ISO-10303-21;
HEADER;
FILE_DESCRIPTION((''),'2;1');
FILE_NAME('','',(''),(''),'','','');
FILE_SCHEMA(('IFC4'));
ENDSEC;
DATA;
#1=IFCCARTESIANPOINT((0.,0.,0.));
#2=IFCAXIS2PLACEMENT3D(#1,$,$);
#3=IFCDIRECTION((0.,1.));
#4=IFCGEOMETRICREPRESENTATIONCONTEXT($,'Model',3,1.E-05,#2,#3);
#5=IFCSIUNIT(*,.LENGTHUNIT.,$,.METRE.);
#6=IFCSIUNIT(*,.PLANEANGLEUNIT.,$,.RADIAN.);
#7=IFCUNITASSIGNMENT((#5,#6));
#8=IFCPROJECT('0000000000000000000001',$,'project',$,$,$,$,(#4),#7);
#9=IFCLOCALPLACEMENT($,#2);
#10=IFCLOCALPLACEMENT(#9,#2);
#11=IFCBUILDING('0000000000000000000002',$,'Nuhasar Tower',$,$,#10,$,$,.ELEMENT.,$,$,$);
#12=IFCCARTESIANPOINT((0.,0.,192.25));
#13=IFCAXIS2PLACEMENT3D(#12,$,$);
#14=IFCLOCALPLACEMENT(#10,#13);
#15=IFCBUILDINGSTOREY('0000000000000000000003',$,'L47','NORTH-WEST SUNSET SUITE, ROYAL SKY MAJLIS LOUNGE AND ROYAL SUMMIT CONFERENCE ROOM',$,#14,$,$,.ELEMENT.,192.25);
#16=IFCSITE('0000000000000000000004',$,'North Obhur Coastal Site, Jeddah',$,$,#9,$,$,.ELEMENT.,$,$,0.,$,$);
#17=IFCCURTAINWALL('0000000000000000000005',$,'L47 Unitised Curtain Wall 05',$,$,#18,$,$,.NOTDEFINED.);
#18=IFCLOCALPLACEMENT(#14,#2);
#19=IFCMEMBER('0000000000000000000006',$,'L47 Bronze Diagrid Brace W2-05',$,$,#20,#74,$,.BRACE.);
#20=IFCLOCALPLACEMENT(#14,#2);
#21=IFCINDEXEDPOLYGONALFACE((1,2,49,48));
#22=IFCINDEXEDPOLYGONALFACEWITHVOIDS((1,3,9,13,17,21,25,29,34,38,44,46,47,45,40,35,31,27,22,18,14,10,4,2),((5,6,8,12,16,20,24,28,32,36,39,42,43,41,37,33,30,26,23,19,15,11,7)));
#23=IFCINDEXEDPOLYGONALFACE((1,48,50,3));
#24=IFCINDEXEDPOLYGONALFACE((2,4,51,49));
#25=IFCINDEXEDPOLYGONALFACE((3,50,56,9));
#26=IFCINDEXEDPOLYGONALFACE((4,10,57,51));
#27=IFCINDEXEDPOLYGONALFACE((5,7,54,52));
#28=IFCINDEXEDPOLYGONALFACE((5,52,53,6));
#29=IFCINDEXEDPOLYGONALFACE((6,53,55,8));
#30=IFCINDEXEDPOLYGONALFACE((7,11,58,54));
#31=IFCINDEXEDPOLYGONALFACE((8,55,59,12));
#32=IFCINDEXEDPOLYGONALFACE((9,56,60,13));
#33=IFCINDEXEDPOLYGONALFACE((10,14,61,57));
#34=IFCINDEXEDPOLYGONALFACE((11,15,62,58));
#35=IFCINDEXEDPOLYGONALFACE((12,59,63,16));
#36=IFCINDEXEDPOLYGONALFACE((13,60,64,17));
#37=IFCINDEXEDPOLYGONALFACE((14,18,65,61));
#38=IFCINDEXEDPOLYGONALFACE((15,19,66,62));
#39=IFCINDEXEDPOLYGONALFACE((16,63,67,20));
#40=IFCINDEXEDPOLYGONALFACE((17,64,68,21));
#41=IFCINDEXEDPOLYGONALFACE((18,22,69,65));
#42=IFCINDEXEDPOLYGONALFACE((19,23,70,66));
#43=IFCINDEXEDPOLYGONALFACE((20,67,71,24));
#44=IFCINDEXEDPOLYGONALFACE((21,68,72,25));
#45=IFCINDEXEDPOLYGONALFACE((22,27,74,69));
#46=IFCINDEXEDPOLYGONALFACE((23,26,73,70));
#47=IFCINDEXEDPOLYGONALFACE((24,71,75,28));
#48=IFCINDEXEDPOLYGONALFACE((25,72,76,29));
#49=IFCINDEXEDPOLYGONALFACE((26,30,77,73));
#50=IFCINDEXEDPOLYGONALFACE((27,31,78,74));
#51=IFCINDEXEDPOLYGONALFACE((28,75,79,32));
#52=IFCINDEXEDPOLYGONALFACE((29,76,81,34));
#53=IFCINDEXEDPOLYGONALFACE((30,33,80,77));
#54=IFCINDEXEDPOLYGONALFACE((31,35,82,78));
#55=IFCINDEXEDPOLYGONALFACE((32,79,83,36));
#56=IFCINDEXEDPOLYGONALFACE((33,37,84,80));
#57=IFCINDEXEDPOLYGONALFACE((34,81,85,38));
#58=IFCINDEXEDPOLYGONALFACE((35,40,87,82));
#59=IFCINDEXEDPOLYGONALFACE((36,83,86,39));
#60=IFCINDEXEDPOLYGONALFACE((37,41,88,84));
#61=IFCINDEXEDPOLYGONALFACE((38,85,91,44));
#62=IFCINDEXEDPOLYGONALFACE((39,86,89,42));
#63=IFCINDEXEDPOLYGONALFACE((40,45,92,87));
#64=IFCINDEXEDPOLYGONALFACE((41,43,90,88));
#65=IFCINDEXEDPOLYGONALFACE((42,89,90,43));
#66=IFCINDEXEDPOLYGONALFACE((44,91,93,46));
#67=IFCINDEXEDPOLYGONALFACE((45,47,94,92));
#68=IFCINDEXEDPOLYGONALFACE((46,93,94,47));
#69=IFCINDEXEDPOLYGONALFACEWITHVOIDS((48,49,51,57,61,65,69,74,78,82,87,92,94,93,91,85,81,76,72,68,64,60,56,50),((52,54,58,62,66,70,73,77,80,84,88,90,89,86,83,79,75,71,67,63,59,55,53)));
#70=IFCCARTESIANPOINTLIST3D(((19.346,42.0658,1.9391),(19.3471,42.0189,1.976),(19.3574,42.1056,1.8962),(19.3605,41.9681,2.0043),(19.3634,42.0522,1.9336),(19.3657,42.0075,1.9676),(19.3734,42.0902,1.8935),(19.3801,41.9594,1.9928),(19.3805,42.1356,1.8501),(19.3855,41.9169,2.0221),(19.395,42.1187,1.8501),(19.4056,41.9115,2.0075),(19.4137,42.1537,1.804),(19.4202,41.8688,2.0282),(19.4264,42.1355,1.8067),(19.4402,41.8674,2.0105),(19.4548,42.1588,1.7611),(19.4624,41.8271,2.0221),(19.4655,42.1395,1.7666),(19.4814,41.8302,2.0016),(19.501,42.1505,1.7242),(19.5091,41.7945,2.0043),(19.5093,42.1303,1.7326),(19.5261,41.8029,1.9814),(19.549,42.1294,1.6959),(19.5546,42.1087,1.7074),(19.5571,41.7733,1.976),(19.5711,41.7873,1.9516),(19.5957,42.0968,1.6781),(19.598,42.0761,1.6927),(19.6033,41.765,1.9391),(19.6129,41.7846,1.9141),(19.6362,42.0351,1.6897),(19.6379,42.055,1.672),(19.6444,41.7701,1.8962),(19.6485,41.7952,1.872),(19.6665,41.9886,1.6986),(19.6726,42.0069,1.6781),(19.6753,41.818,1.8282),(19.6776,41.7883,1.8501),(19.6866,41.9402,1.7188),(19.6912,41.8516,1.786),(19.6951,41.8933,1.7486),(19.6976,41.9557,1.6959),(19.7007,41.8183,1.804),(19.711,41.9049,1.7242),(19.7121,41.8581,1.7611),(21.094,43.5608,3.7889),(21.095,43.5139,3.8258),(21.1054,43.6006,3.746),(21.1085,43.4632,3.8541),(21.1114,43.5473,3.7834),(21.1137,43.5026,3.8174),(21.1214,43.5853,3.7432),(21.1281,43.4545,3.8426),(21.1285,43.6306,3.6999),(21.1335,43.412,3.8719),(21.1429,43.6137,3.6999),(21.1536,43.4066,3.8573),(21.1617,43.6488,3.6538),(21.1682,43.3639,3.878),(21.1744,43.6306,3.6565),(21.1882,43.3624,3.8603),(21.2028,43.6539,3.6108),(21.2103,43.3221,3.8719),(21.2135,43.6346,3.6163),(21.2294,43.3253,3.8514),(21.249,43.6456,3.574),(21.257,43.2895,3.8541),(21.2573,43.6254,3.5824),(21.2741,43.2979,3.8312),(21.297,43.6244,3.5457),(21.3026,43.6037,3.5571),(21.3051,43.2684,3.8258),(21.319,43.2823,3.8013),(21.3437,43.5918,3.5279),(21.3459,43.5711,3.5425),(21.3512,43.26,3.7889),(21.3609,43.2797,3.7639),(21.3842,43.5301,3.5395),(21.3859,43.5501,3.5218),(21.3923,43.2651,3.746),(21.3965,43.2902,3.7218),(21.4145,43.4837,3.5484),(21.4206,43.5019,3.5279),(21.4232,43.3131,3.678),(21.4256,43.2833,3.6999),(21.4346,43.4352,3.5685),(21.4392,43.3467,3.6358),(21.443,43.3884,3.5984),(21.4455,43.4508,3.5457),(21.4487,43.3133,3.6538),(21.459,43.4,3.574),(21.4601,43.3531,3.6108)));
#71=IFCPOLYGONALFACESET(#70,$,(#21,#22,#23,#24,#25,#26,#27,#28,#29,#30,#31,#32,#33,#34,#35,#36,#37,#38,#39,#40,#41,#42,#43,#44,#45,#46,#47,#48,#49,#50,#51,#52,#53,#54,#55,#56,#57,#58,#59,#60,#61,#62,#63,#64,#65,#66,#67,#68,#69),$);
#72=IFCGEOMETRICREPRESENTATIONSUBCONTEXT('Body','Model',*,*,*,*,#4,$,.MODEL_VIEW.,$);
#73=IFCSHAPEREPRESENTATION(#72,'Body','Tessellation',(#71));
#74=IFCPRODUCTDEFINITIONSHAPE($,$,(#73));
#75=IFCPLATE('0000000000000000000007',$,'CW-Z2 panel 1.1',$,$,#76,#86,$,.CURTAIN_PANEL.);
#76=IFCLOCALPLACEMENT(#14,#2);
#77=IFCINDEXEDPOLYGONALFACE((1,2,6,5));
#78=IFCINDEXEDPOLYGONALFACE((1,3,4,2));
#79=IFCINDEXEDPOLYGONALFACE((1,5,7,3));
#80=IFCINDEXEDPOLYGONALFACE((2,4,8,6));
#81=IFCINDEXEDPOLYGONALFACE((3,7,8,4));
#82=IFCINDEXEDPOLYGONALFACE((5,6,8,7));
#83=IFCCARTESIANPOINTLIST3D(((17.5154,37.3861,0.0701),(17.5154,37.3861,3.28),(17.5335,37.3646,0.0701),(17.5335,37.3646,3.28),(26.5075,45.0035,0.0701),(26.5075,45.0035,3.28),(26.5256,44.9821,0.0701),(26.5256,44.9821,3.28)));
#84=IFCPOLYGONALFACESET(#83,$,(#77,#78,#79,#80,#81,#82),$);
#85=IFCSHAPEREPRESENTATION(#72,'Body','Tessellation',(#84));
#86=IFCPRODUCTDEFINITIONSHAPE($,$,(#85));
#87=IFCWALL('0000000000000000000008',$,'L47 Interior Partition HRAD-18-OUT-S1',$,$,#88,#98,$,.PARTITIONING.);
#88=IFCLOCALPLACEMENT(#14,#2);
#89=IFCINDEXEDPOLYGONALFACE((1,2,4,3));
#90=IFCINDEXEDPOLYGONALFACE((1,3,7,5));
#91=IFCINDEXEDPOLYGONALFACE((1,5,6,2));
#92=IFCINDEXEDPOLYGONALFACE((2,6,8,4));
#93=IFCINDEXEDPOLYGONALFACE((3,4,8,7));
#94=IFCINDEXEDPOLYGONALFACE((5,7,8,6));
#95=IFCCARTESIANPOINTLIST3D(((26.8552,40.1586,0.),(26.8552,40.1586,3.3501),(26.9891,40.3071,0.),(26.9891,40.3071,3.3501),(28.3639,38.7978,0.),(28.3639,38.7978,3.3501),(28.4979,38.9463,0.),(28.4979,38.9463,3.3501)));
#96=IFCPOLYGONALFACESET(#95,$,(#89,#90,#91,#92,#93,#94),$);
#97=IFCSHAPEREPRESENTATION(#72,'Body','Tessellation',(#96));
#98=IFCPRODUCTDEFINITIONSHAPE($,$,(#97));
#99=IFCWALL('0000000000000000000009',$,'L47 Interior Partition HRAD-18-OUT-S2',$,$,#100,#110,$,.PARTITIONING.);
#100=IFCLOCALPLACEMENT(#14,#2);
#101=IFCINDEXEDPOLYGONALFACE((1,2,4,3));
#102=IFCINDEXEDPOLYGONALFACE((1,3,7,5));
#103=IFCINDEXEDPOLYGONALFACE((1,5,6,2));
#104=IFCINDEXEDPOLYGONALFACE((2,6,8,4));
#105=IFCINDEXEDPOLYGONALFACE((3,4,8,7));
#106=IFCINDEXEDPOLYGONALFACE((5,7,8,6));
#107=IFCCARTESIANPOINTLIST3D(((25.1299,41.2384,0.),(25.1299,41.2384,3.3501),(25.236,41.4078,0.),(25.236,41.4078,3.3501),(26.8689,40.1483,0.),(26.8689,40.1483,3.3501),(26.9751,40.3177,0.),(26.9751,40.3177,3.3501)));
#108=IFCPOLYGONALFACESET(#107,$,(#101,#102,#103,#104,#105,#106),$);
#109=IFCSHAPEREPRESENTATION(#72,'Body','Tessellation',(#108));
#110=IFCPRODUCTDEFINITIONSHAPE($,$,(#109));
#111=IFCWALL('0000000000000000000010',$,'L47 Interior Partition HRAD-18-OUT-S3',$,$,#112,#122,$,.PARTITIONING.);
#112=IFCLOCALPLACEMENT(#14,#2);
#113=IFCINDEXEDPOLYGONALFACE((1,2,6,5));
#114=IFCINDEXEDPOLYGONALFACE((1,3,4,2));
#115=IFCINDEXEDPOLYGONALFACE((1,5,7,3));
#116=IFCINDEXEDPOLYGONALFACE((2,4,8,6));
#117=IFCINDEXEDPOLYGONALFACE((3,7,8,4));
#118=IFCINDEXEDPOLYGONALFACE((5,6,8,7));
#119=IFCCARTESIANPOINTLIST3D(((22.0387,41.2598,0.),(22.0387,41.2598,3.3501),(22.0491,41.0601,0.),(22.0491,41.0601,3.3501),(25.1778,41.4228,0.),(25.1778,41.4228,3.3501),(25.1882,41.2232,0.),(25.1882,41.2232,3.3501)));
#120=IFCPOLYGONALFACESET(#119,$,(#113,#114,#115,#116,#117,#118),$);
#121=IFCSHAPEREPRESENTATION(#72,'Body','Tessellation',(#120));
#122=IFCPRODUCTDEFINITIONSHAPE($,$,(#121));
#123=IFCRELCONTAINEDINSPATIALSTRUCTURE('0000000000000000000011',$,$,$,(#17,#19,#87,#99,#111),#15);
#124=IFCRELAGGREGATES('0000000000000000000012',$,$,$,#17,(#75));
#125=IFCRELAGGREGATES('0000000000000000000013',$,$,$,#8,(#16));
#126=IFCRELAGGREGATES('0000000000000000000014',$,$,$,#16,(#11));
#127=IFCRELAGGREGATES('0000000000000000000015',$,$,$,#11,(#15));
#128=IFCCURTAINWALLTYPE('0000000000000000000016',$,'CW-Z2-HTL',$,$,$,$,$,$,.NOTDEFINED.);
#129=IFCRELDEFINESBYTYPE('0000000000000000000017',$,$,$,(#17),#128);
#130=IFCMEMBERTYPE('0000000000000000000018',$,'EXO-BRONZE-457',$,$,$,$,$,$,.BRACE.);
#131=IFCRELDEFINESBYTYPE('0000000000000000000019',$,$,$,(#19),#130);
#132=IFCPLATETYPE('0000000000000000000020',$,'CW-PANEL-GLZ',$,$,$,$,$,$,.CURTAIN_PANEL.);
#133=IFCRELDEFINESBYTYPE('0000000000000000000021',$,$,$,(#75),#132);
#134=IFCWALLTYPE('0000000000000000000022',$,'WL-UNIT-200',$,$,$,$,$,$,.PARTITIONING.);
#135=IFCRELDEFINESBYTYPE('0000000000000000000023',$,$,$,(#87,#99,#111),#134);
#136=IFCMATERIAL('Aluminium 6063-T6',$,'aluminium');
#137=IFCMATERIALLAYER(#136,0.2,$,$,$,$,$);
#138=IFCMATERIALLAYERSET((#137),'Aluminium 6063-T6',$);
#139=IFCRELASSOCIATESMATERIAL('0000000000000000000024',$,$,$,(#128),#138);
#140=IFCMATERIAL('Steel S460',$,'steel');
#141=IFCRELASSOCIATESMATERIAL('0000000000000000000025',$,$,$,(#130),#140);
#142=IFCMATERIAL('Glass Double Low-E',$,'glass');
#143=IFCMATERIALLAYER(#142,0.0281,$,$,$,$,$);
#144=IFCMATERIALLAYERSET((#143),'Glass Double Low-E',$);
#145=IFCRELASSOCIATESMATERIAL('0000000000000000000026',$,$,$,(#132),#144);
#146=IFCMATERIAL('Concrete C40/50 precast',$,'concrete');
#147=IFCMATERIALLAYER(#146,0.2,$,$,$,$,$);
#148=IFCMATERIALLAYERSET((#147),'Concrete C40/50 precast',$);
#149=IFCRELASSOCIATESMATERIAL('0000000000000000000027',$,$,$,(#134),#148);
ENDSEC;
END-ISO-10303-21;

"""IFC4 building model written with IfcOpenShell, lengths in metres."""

from ifc_helpers import new_model, si_unit, direction, frame, frame_2d, origin, origin_2d, place, context, subcontext, project, spatial, rectangle, hollow_circle, extrude, material, layer, layer_set, material_profile, profile_set, type_object, element, aggregate, save


model = new_model("IFC4")

# Units and contexts
model_context = context("Model", 3, precision=1e-05, world=origin(), true_north=direction((0.0, 1.0)))
body_context = subcontext(model_context, "Body", "Model", "MODEL_VIEW")
ifc_project = project(units=[si_unit("LENGTHUNIT", "METRE"), si_unit("PLANEANGLEUNIT", "RADIAN")], contexts=[model_context])

# Site, building, storey
site_placement = place(None, origin())
site = spatial("IfcSite", under=ifc_project, at=site_placement, Name="North Obhur Coastal Site, Jeddah", CompositionType="ELEMENT", RefElevation=0.0)
building_placement = place(site_placement, origin())
building = spatial("IfcBuilding", under=site, at=building_placement, Name="Nuhasar Tower", CompositionType="ELEMENT")
storey_placement = place(building_placement, frame((0.0, 0.0, 192.25)))
storey = spatial("IfcBuildingStorey", under=building, at=storey_placement, Name="L47", Description="NORTH-WEST SUNSET SUITE, ROYAL SKY MAJLIS LOUNGE AND ROYAL SUMMIT CONFERENCE ROOM", CompositionType="ELEMENT", Elevation=192.25)

# Shared definitions
ifc_material_1 = material(Name="Aluminium 6063-T6", Category="aluminium")
ifc_layer_1 = layer(ifc_material_1, 0.2)
ifc_layer_set_1 = layer_set([ifc_layer_1], Name="Aluminium 6063-T6")
curtain_wall_type = type_object("IfcCurtainWallType", Name="CW-Z2-HTL", PredefinedType="NOTDEFINED", material=ifc_layer_set_1)

# Curtain wall
curtain_wall_1_placement = place(storey_placement, origin())
curtain_wall_1 = element("IfcCurtainWall", 1, at=curtain_wall_1_placement, inside=storey, type_object=curtain_wall_type, Name="L47 Unitised Curtain Wall 05", PredefinedType="NOTDEFINED")

# Member
ifc_material_2 = material(Name="Steel S460", Category="steel")
ifc_material_profile_1 = material_profile(ifc_material_2, hollow_circle(Radius=0.2285, WallThickness=0.0222, at=origin_2d()), Name="HSS457X22.2")
ifc_profile_set_1 = profile_set([ifc_material_profile_1], Name="Steel S460")
member_type_1 = type_object("IfcMemberType", Name="EXO-BRONZE-457", PredefinedType="BRACE", material=ifc_profile_set_1)
member_1_placement = place(storey_placement, frame((19.5291, 41.9619, 1.8501), z_axis=(0.592201, 0.506514, 0.626691), x_axis=(-0.649987, 0.759945, 0.0)))
element("IfcMember", 2, at=member_1_placement, inside=storey, type_object=member_type_1, Name="L47 Bronze Diagrid Brace W2-05", PredefinedType="BRACE", context=body_context, shape_type="SweptSolid", body=[
    extrude(hollow_circle(Radius=0.2285, WallThickness=0.0222, at=origin_2d()), origin(), (0.0, 0.0, 1.0), 2.9517),
])

# Plate
ifc_material_3 = material(Name="Glass Double Low-E", Category="glass")
ifc_layer_2 = layer(ifc_material_3, 0.0281)
ifc_layer_set_2 = layer_set([ifc_layer_2], Name="Glass Double Low-E")
plate_type = type_object("IfcPlateType", Name="CW-PANEL-GLZ", PredefinedType="CURTAIN_PANEL", material=ifc_layer_set_2)
plate_placement = place(storey_placement, frame((22.0205, 41.1841, 0.0701), z_axis=(0.0, 0.0, 1.0), x_axis=(-0.76302, -0.646374, 0.0)))
plate = element("IfcPlate", 3, at=plate_placement, type_object=plate_type, Name="CW-Z2 panel 1.1", PredefinedType="CURTAIN_PANEL", context=body_context, shape_type="SweptSolid", body=[
    extrude(rectangle(XDim=11.7849, YDim=0.0281, at=origin_2d()), origin(), (0.0, 0.0, 1.0), 3.21),
])
aggregate(curtain_wall_1, [plate])

# Walls
ifc_material_4 = material(Name="Concrete C40/50 precast", Category="concrete")
ifc_layer_3 = layer(ifc_material_4, 0.2)
ifc_layer_set_3 = layer_set([ifc_layer_3], Name="Concrete C40/50 precast")
wall_type = type_object("IfcWallType", Name="WL-UNIT-200", PredefinedType="PARTITIONING", material=ifc_layer_set_3)
wall_1_placement = place(storey_placement, frame((28.4309, 38.8721, 0.0), z_axis=(0.0, 0.0, 1.0), x_axis=(-0.742577, 0.669761, 0.0)))
element("IfcWall", 4, at=wall_1_placement, inside=storey, type_object=wall_type, Name="L47 Interior Partition HRAD-18-OUT-S1", PredefinedType="PARTITIONING", context=body_context, shape_type="SweptSolid", body=[
    extrude(rectangle(XDim=2.0317, YDim=0.2, at=frame_2d((1.0159, 0.0))), origin(), (0.0, 0.0, 1.0), 3.3501),
])
wall_2_placement = place(storey_placement, frame((26.9221, 40.2329, 0.0), z_axis=(0.0, 0.0, 1.0), x_axis=(-0.847296, 0.531121, 0.0)))
element("IfcWall", 5, at=wall_2_placement, inside=storey, type_object=wall_type, Name="L47 Interior Partition HRAD-18-OUT-S2", PredefinedType="PARTITIONING", context=body_context, shape_type="SweptSolid", body=[
    extrude(rectangle(XDim=2.0525, YDim=0.2, at=frame_2d((1.0264, 0.0))), origin(), (0.0, 0.0, 1.0), 3.3501),
])
wall_3_placement = place(storey_placement, frame((25.1831, 41.323, 0.0), z_axis=(0.0, 0.0, 1.0), x_axis=(-0.998653, -0.051882, 0.0)))
element("IfcWall", 6, at=wall_3_placement, inside=storey, type_object=wall_type, Name="L47 Interior Partition HRAD-18-OUT-S3", PredefinedType="PARTITIONING", context=body_context, shape_type="SweptSolid", body=[
    extrude(rectangle(XDim=3.1433, YDim=0.2, at=frame_2d((1.5718, 0.0))), origin(), (0.0, 0.0, 1.0), 3.3501),
])

save(model, "model.ifc")
